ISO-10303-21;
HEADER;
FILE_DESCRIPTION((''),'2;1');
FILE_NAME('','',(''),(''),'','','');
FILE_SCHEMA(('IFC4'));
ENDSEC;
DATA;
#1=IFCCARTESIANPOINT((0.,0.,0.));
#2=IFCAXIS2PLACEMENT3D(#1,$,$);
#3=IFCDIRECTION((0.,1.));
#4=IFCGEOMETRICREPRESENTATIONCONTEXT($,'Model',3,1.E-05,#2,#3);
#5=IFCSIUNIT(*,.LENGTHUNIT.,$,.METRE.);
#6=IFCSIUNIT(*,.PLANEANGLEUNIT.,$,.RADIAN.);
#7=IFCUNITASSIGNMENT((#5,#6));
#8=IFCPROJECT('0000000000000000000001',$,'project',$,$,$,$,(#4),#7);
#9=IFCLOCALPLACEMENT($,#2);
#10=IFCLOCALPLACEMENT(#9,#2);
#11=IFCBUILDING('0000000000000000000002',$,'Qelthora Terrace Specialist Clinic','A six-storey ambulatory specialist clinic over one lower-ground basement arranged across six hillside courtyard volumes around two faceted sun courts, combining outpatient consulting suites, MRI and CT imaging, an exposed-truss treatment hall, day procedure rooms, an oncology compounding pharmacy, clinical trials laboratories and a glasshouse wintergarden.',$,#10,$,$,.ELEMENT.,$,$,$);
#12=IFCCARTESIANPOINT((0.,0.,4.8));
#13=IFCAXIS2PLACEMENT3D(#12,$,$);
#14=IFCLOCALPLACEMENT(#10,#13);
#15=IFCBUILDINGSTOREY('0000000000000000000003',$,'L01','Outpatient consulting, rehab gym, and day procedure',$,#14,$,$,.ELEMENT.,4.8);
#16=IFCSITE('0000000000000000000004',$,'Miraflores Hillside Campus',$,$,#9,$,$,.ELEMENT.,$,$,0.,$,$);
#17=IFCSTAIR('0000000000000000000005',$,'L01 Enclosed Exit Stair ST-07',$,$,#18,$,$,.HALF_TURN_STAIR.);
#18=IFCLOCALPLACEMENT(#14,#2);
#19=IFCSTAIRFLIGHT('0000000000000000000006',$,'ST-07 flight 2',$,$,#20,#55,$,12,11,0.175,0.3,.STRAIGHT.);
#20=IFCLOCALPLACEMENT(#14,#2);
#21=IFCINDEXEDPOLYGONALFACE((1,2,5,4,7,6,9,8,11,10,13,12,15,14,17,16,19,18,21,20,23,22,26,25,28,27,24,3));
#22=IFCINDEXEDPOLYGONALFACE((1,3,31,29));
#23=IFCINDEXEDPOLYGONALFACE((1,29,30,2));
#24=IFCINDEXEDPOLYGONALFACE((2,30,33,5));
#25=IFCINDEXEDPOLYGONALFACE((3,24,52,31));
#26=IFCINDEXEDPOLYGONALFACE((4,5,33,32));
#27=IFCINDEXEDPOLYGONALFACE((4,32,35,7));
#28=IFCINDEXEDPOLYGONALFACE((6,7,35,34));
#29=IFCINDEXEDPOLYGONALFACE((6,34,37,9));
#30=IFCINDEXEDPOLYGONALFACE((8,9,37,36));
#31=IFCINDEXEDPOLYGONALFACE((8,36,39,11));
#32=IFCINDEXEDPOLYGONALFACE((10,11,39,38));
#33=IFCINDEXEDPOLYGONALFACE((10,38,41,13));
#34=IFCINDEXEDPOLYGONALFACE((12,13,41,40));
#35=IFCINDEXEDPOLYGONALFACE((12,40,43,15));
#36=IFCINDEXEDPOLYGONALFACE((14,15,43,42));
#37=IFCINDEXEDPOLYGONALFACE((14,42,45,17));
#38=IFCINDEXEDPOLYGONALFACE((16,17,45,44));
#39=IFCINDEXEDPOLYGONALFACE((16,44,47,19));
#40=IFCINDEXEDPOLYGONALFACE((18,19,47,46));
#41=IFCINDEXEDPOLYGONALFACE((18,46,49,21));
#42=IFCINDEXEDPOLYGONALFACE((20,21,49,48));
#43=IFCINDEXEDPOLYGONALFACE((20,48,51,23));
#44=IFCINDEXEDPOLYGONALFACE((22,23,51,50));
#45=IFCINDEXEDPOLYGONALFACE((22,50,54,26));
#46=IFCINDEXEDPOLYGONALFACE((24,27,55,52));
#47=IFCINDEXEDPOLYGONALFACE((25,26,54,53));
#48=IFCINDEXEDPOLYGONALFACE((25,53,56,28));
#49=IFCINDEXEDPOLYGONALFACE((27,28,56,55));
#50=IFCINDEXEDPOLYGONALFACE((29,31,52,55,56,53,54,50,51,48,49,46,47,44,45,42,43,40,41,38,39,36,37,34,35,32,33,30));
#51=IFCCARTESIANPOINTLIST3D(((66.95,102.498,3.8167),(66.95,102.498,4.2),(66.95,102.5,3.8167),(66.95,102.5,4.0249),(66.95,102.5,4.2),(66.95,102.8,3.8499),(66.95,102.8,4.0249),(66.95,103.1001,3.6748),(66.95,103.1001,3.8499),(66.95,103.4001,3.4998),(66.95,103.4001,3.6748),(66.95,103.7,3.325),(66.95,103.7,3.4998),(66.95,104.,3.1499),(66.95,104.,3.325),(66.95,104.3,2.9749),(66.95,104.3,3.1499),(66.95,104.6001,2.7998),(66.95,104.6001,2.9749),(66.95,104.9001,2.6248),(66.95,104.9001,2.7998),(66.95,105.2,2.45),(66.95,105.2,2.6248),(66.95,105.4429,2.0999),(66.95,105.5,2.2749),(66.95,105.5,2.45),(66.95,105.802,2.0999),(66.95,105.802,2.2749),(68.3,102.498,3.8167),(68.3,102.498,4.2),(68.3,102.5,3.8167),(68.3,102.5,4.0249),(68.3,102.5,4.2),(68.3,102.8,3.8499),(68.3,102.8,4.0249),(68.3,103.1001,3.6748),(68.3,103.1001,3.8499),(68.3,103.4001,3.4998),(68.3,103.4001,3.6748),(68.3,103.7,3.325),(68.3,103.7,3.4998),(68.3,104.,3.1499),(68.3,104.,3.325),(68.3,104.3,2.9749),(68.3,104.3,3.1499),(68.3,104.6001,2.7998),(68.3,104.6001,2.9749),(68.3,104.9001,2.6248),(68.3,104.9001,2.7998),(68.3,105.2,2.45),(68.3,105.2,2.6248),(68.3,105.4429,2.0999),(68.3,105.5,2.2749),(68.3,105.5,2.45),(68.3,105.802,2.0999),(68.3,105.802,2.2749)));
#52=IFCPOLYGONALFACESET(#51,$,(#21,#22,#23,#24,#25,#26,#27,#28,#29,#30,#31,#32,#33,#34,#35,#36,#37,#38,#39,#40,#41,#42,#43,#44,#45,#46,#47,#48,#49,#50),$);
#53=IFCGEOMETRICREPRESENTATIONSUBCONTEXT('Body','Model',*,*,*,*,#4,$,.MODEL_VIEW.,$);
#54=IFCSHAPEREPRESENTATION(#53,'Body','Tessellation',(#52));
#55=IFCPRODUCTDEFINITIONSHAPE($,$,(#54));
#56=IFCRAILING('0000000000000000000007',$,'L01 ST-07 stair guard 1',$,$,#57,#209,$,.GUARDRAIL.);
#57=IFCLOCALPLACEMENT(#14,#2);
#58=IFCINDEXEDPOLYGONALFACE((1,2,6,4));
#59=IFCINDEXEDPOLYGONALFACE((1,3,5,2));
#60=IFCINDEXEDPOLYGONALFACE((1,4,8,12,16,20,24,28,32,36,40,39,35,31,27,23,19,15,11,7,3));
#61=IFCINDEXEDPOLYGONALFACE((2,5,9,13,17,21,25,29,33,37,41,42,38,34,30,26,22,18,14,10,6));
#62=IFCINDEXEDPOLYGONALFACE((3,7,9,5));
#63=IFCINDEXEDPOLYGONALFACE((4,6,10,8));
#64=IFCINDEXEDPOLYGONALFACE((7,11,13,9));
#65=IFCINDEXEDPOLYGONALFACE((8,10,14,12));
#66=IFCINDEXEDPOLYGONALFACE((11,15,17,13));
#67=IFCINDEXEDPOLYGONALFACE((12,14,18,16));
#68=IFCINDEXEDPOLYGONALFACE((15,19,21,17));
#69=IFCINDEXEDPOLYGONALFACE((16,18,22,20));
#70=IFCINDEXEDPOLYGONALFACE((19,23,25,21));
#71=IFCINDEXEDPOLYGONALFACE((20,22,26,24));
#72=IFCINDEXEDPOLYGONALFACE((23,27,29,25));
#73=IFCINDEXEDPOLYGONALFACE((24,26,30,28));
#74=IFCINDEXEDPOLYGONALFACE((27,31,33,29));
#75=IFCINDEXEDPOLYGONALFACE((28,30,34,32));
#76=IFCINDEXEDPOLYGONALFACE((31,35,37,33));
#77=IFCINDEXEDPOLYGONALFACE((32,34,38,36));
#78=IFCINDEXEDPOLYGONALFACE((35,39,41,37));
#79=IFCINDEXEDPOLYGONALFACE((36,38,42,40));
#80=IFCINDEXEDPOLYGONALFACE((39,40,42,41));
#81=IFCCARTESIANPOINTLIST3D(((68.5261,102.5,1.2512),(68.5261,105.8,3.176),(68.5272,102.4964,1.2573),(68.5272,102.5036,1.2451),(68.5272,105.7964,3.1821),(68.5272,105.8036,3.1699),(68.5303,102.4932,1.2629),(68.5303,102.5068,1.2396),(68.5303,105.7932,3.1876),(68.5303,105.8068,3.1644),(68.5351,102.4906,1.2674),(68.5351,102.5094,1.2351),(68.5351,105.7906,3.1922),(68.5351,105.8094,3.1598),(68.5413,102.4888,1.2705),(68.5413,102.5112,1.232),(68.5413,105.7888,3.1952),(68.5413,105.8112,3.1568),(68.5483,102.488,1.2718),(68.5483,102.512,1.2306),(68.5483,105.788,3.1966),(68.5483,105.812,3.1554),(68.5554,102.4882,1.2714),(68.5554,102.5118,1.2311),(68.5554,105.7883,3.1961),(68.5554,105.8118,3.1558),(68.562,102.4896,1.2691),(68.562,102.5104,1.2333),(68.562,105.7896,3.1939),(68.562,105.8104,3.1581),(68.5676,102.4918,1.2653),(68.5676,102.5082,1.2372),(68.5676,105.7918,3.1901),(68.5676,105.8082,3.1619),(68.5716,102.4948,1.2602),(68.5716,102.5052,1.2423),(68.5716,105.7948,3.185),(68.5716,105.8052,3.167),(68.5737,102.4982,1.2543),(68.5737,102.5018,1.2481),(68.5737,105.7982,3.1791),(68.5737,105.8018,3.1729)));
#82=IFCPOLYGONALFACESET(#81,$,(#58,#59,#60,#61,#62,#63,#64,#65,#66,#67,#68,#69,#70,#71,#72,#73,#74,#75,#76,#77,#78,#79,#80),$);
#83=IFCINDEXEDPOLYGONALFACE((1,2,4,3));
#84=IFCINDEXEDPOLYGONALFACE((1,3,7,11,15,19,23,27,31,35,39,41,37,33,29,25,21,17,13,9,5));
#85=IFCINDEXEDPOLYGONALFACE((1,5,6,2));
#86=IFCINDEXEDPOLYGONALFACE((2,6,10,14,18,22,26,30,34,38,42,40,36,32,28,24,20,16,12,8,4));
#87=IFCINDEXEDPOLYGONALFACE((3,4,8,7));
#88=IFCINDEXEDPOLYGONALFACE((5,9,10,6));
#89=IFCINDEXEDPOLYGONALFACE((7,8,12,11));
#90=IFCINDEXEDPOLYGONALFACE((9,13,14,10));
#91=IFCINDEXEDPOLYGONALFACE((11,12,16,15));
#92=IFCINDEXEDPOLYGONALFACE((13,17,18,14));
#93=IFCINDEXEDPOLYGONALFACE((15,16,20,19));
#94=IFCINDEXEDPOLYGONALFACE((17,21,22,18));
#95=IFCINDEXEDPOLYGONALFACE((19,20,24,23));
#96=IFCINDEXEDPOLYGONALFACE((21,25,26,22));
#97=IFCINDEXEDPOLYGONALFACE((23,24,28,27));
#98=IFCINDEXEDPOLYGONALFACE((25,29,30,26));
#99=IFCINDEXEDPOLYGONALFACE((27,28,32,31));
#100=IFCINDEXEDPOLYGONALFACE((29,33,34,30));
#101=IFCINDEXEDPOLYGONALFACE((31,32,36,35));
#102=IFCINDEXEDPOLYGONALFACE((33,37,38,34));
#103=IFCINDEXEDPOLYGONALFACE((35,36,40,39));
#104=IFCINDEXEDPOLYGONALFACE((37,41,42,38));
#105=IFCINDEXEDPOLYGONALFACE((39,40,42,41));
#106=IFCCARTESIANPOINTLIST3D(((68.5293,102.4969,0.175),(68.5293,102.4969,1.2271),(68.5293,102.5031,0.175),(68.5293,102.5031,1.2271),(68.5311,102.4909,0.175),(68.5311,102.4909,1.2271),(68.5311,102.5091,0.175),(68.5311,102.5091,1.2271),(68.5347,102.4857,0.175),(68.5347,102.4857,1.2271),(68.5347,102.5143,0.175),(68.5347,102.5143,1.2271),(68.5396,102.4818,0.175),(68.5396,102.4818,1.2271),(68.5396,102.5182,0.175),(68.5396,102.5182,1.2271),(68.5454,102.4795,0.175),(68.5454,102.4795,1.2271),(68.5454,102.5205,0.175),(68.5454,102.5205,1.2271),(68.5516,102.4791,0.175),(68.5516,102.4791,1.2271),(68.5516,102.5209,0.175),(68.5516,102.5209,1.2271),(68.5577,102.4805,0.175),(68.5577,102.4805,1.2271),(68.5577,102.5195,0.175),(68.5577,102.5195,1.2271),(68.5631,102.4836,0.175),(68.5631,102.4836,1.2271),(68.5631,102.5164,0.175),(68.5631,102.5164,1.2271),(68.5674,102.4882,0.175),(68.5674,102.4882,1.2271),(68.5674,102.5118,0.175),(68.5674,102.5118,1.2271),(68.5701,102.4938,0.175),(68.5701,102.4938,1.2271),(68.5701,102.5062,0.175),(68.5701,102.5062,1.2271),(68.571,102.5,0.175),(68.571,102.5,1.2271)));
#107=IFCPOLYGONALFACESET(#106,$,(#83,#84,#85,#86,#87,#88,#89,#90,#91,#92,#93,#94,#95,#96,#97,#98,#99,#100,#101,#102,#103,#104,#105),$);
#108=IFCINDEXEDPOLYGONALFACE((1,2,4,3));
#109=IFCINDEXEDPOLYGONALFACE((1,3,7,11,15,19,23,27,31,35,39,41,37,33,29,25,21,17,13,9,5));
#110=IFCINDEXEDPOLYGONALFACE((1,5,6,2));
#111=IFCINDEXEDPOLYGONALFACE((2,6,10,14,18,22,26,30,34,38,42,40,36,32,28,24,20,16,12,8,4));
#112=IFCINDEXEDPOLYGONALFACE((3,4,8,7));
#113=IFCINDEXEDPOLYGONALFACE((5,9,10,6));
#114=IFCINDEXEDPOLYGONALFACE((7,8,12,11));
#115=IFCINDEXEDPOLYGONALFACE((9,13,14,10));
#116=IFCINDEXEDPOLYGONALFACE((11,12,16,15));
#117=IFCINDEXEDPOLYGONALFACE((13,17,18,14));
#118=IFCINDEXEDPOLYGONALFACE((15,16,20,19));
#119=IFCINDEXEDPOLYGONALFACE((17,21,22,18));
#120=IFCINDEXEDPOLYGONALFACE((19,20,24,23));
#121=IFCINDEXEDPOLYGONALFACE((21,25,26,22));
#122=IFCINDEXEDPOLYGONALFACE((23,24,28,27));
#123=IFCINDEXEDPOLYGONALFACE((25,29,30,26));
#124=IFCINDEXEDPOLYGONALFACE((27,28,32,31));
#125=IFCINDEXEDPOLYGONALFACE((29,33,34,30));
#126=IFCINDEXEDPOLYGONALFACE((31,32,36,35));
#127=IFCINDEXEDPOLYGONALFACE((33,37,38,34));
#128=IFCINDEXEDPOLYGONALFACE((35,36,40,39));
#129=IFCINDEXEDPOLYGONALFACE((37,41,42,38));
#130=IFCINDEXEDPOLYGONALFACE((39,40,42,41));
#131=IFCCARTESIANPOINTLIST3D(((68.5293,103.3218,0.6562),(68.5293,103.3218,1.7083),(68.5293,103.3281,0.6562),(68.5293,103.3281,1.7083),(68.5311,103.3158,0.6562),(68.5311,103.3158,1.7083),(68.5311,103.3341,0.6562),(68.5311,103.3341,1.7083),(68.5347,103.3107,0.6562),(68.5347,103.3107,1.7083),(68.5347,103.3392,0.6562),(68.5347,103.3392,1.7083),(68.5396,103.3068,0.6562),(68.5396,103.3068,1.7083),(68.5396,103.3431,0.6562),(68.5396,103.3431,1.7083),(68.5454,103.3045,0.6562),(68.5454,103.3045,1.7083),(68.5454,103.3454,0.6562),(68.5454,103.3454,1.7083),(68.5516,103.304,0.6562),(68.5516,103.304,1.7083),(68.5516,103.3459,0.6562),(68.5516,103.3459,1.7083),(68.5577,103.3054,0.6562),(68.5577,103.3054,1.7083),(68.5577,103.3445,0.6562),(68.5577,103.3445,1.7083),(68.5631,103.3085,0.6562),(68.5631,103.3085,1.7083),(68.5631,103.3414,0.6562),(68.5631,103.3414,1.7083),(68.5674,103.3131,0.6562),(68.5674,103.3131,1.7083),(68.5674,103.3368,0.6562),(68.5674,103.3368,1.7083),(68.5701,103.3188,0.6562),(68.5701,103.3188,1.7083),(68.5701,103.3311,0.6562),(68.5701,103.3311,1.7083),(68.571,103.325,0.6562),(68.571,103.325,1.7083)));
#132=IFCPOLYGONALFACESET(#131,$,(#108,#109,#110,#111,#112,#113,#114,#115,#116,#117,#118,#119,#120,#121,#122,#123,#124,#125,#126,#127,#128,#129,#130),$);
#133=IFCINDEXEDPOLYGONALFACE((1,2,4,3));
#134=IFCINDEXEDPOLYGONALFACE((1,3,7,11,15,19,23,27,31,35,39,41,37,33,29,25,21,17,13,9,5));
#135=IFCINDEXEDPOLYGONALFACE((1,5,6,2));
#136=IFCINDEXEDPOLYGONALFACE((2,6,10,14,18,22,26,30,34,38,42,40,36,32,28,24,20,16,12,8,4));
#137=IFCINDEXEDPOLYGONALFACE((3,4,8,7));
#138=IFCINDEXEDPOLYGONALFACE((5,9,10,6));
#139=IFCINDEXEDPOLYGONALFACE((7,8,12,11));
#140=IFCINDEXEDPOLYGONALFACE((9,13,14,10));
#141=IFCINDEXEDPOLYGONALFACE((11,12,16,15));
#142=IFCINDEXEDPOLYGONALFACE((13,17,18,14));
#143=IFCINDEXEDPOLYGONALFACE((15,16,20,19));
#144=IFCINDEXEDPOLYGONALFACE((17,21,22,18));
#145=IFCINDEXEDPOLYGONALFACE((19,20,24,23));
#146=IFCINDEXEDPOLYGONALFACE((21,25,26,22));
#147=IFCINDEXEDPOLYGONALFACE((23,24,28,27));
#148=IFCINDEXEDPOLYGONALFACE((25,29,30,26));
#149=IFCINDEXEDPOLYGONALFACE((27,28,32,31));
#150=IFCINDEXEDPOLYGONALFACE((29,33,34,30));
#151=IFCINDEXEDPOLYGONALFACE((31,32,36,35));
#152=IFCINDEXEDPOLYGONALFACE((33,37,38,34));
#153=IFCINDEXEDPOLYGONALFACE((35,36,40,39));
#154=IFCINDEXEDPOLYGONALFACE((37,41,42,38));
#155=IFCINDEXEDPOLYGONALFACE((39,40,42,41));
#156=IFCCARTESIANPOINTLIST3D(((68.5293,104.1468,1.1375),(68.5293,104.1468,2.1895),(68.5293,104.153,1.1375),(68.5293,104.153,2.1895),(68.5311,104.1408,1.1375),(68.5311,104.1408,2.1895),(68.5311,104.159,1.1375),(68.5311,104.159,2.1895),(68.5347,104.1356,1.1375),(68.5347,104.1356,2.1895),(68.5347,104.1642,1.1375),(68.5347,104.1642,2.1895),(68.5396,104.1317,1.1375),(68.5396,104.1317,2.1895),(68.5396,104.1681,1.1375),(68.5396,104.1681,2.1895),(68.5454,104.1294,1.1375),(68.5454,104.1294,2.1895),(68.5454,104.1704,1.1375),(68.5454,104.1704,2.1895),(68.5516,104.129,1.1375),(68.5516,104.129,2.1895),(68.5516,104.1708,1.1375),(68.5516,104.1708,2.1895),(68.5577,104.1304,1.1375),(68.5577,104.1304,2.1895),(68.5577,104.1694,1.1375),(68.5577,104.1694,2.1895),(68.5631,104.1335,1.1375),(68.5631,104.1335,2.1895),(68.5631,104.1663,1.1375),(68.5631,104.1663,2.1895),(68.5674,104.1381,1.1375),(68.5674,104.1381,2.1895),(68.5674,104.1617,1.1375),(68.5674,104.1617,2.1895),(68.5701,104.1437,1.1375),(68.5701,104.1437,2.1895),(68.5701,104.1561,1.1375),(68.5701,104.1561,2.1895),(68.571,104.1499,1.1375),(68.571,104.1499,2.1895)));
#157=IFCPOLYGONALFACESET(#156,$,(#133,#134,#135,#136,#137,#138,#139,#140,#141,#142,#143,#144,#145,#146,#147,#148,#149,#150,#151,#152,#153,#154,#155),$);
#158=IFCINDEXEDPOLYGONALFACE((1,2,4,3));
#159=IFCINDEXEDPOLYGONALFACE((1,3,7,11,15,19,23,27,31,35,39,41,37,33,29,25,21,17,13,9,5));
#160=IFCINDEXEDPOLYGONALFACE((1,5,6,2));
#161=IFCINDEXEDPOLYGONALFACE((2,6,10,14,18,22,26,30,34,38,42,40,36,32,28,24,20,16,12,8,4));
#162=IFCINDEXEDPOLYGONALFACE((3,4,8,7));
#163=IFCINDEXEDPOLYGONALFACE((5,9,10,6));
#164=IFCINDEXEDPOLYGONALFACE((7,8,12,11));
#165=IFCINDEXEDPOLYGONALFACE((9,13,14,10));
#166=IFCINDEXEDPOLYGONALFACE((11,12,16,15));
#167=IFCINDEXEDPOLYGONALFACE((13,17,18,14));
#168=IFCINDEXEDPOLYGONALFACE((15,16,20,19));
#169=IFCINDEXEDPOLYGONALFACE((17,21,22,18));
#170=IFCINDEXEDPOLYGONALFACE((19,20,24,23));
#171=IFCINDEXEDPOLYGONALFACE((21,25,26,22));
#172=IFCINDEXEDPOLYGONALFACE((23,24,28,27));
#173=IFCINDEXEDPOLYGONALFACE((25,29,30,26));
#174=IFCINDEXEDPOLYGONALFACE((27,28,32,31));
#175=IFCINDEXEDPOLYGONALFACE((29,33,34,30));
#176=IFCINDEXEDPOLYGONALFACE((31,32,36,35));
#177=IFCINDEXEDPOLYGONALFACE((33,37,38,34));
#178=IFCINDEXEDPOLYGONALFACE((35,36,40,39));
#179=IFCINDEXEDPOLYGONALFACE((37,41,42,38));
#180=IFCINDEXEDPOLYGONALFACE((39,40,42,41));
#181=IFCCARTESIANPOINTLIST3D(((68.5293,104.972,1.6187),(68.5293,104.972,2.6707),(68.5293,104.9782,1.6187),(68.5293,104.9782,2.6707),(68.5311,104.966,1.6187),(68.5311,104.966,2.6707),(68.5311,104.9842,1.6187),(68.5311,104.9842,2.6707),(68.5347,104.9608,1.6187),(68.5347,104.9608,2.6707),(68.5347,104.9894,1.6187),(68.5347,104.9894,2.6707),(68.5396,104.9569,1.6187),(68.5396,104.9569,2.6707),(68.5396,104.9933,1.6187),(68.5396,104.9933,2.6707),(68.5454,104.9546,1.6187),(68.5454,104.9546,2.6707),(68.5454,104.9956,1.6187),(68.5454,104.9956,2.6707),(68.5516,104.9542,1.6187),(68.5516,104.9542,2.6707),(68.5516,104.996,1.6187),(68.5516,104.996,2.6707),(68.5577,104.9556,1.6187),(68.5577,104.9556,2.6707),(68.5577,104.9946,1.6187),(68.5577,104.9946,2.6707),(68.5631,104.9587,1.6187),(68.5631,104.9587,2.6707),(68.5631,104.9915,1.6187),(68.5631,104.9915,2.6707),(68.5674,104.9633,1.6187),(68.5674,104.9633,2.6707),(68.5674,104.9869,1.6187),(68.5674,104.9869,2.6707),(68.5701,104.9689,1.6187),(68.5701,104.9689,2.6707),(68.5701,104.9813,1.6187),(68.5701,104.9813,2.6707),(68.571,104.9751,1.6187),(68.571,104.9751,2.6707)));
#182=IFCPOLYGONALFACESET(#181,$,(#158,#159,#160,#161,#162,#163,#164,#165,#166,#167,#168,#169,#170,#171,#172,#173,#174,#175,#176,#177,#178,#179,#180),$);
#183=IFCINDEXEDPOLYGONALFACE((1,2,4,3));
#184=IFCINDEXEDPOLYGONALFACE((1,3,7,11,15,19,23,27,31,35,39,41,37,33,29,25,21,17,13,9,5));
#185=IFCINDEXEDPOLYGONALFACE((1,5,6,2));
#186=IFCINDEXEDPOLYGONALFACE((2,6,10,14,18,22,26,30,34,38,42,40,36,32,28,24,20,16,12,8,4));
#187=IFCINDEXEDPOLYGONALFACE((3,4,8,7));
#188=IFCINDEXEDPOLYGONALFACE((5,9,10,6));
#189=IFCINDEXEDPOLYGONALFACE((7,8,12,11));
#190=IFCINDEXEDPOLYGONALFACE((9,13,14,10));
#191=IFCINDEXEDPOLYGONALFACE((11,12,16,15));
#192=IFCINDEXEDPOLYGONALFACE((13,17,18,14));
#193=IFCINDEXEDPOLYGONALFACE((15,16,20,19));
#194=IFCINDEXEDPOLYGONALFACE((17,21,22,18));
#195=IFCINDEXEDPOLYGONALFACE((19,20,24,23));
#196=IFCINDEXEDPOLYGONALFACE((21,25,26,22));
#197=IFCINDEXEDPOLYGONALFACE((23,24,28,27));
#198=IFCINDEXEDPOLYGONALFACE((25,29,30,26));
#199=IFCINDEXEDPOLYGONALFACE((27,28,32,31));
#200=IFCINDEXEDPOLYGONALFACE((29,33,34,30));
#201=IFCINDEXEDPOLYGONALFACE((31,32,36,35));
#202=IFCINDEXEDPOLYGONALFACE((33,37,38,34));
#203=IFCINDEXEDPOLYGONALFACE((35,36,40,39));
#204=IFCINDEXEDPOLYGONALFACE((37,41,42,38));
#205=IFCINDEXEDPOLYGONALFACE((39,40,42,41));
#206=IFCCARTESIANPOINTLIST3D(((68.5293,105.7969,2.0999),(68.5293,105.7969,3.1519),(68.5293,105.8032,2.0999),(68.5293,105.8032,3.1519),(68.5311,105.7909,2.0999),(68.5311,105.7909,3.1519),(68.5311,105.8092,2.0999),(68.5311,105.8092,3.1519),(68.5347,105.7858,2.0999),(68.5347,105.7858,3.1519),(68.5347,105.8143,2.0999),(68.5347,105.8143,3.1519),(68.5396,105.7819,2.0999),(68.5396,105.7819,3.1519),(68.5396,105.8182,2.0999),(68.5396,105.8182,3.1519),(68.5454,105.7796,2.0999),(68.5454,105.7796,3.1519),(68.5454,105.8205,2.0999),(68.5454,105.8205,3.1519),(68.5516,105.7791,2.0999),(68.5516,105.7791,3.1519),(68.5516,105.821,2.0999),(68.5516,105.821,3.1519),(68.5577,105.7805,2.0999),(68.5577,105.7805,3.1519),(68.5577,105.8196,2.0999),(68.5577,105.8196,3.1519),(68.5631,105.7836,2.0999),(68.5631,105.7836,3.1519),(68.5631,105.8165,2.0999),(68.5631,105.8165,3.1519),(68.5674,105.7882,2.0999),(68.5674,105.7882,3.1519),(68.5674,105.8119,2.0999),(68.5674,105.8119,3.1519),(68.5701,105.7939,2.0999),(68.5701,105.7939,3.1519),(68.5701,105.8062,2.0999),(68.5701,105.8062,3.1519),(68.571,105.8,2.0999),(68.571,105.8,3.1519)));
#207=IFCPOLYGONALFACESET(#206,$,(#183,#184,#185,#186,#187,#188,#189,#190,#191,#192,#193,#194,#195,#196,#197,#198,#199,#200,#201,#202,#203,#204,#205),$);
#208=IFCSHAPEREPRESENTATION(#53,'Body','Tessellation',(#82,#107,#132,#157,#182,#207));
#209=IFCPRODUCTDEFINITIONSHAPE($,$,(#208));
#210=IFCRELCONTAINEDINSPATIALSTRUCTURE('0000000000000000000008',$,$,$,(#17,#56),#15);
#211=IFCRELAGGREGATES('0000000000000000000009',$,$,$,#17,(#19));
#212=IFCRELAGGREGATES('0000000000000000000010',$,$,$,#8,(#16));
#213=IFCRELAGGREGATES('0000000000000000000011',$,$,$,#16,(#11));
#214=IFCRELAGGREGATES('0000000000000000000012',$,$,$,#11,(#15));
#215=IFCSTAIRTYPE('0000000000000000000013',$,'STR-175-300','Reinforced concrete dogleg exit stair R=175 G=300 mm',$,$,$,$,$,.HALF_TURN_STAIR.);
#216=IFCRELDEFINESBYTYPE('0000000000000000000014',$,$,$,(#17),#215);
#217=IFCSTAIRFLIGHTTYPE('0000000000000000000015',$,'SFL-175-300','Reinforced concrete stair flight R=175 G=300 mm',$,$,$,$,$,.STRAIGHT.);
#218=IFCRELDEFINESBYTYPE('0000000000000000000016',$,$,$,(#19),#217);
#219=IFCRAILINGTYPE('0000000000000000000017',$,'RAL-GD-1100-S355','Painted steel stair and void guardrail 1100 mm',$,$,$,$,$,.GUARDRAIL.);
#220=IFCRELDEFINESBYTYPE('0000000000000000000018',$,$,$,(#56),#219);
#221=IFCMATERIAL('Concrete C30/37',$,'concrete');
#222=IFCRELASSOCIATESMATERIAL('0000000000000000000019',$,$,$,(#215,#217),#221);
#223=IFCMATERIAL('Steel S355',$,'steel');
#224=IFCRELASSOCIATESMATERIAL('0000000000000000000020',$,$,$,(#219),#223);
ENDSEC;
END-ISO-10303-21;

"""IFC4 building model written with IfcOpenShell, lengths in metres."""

from ifc_helpers import new_model, si_unit, direction, frame, origin, origin_2d, place, context, subcontext, project, spatial, polyline, circle, outline, extrude, material, type_object, element, aggregate, save


model = new_model("IFC4")

# Units and contexts
model_context = context("Model", 3, precision=1e-05, world=origin(), true_north=direction((0.0, 1.0)))
body_context = subcontext(model_context, "Body", "Model", "MODEL_VIEW")
ifc_project = project(units=[si_unit("LENGTHUNIT", "METRE"), si_unit("PLANEANGLEUNIT", "RADIAN")], contexts=[model_context])

# Site, building, storey
site_placement = place(None, origin())
site = spatial("IfcSite", under=ifc_project, at=site_placement, Name="Miraflores Hillside Campus", CompositionType="ELEMENT", RefElevation=0.0)
building_placement = place(site_placement, origin())
building = spatial("IfcBuilding", under=site, at=building_placement, Name="Qelthora Terrace Specialist Clinic", Description="A six-storey ambulatory specialist clinic over one lower-ground basement arranged across six hillside courtyard volumes around two faceted sun courts, combining outpatient consulting suites, MRI and CT imaging, an exposed-truss treatment hall, day procedure rooms, an oncology compounding pharmacy, clinical trials laboratories and a glasshouse wintergarden.", CompositionType="ELEMENT")
storey_placement = place(building_placement, frame((0.0, 0.0, 4.8)))
storey = spatial("IfcBuildingStorey", under=building, at=storey_placement, Name="L01", Description="Outpatient consulting, rehab gym, and day procedure", CompositionType="ELEMENT", Elevation=4.8)

# Shared definitions
ifc_material_1 = material(Name="Steel S355", Category="steel")

# Stair, stair flight
ifc_material_2 = material(Name="Concrete C30/37", Category="concrete")
stair_type = type_object("IfcStairType", Name="STR-175-300", Description="Reinforced concrete dogleg exit stair R=175 G=300 mm", PredefinedType="HALF_TURN_STAIR", material=ifc_material_2)
stair_placement = place(storey_placement, origin())
stair = element("IfcStair", 1, at=stair_placement, inside=storey, type_object=stair_type, Name="L01 Enclosed Exit Stair ST-07", PredefinedType="HALF_TURN_STAIR")
stair_flight_type = type_object("IfcStairFlightType", Name="SFL-175-300", Description="Reinforced concrete stair flight R=175 G=300 mm", PredefinedType="STRAIGHT", material=ifc_material_2)
stair_flight_1_placement = place(storey_placement, frame((67.625, 105.8, 2.0999), z_axis=(0.0, 0.0, 1.0), x_axis=(0.0, -1.0, 0.0)))
stair_flight_1 = element("IfcStairFlight", 2, at=stair_flight_1_placement, type_object=stair_flight_type, Name="ST-07 flight 2", NumberOfRisers=12, NumberOfTreads=11, PredefinedType="STRAIGHT", RiserHeight=0.175, TreadLength=0.3, context=body_context, shape_type="SweptSolid", body=[
    extrude(outline(polyline([(-0.002, 0.0), (-0.002, 0.175), (0.3, 0.175), (0.3, 0.3501), (0.6001, 0.3501), (0.6001, 0.5249), (0.8999, 0.5249), (0.8999, 0.7), (1.2, 0.7), (1.2, 0.875), (1.5, 0.875), (1.5, 1.05), (1.8, 1.05), (1.8, 1.2251), (2.1001, 1.2251), (2.1001, 1.3999), (2.3999, 1.3999), (2.3999, 1.575), (2.7, 1.575), (2.7, 1.75), (3.0, 1.75), (3.0, 1.925), (3.3, 1.925), (3.3, 2.1001), (3.302, 2.1001), (3.302, 1.7168), (3.3, 1.7168), (0.3572, 0.0), (-0.002, 0.0)])), frame((0.0, 0.675, 0.0), z_axis=(0.0, -1.0, 0.0), x_axis=(1.0, 0.0, 0.0)), (0.0, 0.0, 1.0), 1.3501),
])
aggregate(stair, [stair_flight_1])

# Railing
railing_type_1 = type_object("IfcRailingType", Name="RAL-GD-1100-S355", Description="Painted steel stair and void guardrail 1100 mm", PredefinedType="GUARDRAIL", material=ifc_material_1)
railing_1_placement = place(storey_placement, frame((68.55, 102.5, 0.175)))
element("IfcRailing", 3, at=railing_1_placement, inside=storey, type_object=railing_type_1, Name="L01 ST-07 stair guard 1", PredefinedType="GUARDRAIL", context=body_context, shape_type="SweptSolid", body=[
    extrude(circle(Radius=0.0239, at=origin_2d()), frame((0.0, 0.0, 1.0762), z_axis=(0.0, 0.863804, 0.503827), x_axis=(-1.0, 0.0, 0.0)), (0.0, 0.0, 1.0), 3.8203),
    extrude(circle(Radius=0.021, at=origin_2d()), origin(), (0.0, 0.0, 1.0), 1.052),
    extrude(circle(Radius=0.021, at=origin_2d()), frame((0.0, 0.825, 0.4812)), (0.0, 0.0, 1.0), 1.052),
    extrude(circle(Radius=0.021, at=origin_2d()), frame((0.0, 1.6499, 0.9624)), (0.0, 0.0, 1.0), 1.052),
    extrude(circle(Radius=0.021, at=origin_2d()), frame((0.0, 2.4751, 1.4436)), (0.0, 0.0, 1.0), 1.052),
    extrude(circle(Radius=0.021, at=origin_2d()), frame((0.0, 3.3, 1.9248)), (0.0, 0.0, 1.0), 1.052),
])

save(model, "model.ifc")
